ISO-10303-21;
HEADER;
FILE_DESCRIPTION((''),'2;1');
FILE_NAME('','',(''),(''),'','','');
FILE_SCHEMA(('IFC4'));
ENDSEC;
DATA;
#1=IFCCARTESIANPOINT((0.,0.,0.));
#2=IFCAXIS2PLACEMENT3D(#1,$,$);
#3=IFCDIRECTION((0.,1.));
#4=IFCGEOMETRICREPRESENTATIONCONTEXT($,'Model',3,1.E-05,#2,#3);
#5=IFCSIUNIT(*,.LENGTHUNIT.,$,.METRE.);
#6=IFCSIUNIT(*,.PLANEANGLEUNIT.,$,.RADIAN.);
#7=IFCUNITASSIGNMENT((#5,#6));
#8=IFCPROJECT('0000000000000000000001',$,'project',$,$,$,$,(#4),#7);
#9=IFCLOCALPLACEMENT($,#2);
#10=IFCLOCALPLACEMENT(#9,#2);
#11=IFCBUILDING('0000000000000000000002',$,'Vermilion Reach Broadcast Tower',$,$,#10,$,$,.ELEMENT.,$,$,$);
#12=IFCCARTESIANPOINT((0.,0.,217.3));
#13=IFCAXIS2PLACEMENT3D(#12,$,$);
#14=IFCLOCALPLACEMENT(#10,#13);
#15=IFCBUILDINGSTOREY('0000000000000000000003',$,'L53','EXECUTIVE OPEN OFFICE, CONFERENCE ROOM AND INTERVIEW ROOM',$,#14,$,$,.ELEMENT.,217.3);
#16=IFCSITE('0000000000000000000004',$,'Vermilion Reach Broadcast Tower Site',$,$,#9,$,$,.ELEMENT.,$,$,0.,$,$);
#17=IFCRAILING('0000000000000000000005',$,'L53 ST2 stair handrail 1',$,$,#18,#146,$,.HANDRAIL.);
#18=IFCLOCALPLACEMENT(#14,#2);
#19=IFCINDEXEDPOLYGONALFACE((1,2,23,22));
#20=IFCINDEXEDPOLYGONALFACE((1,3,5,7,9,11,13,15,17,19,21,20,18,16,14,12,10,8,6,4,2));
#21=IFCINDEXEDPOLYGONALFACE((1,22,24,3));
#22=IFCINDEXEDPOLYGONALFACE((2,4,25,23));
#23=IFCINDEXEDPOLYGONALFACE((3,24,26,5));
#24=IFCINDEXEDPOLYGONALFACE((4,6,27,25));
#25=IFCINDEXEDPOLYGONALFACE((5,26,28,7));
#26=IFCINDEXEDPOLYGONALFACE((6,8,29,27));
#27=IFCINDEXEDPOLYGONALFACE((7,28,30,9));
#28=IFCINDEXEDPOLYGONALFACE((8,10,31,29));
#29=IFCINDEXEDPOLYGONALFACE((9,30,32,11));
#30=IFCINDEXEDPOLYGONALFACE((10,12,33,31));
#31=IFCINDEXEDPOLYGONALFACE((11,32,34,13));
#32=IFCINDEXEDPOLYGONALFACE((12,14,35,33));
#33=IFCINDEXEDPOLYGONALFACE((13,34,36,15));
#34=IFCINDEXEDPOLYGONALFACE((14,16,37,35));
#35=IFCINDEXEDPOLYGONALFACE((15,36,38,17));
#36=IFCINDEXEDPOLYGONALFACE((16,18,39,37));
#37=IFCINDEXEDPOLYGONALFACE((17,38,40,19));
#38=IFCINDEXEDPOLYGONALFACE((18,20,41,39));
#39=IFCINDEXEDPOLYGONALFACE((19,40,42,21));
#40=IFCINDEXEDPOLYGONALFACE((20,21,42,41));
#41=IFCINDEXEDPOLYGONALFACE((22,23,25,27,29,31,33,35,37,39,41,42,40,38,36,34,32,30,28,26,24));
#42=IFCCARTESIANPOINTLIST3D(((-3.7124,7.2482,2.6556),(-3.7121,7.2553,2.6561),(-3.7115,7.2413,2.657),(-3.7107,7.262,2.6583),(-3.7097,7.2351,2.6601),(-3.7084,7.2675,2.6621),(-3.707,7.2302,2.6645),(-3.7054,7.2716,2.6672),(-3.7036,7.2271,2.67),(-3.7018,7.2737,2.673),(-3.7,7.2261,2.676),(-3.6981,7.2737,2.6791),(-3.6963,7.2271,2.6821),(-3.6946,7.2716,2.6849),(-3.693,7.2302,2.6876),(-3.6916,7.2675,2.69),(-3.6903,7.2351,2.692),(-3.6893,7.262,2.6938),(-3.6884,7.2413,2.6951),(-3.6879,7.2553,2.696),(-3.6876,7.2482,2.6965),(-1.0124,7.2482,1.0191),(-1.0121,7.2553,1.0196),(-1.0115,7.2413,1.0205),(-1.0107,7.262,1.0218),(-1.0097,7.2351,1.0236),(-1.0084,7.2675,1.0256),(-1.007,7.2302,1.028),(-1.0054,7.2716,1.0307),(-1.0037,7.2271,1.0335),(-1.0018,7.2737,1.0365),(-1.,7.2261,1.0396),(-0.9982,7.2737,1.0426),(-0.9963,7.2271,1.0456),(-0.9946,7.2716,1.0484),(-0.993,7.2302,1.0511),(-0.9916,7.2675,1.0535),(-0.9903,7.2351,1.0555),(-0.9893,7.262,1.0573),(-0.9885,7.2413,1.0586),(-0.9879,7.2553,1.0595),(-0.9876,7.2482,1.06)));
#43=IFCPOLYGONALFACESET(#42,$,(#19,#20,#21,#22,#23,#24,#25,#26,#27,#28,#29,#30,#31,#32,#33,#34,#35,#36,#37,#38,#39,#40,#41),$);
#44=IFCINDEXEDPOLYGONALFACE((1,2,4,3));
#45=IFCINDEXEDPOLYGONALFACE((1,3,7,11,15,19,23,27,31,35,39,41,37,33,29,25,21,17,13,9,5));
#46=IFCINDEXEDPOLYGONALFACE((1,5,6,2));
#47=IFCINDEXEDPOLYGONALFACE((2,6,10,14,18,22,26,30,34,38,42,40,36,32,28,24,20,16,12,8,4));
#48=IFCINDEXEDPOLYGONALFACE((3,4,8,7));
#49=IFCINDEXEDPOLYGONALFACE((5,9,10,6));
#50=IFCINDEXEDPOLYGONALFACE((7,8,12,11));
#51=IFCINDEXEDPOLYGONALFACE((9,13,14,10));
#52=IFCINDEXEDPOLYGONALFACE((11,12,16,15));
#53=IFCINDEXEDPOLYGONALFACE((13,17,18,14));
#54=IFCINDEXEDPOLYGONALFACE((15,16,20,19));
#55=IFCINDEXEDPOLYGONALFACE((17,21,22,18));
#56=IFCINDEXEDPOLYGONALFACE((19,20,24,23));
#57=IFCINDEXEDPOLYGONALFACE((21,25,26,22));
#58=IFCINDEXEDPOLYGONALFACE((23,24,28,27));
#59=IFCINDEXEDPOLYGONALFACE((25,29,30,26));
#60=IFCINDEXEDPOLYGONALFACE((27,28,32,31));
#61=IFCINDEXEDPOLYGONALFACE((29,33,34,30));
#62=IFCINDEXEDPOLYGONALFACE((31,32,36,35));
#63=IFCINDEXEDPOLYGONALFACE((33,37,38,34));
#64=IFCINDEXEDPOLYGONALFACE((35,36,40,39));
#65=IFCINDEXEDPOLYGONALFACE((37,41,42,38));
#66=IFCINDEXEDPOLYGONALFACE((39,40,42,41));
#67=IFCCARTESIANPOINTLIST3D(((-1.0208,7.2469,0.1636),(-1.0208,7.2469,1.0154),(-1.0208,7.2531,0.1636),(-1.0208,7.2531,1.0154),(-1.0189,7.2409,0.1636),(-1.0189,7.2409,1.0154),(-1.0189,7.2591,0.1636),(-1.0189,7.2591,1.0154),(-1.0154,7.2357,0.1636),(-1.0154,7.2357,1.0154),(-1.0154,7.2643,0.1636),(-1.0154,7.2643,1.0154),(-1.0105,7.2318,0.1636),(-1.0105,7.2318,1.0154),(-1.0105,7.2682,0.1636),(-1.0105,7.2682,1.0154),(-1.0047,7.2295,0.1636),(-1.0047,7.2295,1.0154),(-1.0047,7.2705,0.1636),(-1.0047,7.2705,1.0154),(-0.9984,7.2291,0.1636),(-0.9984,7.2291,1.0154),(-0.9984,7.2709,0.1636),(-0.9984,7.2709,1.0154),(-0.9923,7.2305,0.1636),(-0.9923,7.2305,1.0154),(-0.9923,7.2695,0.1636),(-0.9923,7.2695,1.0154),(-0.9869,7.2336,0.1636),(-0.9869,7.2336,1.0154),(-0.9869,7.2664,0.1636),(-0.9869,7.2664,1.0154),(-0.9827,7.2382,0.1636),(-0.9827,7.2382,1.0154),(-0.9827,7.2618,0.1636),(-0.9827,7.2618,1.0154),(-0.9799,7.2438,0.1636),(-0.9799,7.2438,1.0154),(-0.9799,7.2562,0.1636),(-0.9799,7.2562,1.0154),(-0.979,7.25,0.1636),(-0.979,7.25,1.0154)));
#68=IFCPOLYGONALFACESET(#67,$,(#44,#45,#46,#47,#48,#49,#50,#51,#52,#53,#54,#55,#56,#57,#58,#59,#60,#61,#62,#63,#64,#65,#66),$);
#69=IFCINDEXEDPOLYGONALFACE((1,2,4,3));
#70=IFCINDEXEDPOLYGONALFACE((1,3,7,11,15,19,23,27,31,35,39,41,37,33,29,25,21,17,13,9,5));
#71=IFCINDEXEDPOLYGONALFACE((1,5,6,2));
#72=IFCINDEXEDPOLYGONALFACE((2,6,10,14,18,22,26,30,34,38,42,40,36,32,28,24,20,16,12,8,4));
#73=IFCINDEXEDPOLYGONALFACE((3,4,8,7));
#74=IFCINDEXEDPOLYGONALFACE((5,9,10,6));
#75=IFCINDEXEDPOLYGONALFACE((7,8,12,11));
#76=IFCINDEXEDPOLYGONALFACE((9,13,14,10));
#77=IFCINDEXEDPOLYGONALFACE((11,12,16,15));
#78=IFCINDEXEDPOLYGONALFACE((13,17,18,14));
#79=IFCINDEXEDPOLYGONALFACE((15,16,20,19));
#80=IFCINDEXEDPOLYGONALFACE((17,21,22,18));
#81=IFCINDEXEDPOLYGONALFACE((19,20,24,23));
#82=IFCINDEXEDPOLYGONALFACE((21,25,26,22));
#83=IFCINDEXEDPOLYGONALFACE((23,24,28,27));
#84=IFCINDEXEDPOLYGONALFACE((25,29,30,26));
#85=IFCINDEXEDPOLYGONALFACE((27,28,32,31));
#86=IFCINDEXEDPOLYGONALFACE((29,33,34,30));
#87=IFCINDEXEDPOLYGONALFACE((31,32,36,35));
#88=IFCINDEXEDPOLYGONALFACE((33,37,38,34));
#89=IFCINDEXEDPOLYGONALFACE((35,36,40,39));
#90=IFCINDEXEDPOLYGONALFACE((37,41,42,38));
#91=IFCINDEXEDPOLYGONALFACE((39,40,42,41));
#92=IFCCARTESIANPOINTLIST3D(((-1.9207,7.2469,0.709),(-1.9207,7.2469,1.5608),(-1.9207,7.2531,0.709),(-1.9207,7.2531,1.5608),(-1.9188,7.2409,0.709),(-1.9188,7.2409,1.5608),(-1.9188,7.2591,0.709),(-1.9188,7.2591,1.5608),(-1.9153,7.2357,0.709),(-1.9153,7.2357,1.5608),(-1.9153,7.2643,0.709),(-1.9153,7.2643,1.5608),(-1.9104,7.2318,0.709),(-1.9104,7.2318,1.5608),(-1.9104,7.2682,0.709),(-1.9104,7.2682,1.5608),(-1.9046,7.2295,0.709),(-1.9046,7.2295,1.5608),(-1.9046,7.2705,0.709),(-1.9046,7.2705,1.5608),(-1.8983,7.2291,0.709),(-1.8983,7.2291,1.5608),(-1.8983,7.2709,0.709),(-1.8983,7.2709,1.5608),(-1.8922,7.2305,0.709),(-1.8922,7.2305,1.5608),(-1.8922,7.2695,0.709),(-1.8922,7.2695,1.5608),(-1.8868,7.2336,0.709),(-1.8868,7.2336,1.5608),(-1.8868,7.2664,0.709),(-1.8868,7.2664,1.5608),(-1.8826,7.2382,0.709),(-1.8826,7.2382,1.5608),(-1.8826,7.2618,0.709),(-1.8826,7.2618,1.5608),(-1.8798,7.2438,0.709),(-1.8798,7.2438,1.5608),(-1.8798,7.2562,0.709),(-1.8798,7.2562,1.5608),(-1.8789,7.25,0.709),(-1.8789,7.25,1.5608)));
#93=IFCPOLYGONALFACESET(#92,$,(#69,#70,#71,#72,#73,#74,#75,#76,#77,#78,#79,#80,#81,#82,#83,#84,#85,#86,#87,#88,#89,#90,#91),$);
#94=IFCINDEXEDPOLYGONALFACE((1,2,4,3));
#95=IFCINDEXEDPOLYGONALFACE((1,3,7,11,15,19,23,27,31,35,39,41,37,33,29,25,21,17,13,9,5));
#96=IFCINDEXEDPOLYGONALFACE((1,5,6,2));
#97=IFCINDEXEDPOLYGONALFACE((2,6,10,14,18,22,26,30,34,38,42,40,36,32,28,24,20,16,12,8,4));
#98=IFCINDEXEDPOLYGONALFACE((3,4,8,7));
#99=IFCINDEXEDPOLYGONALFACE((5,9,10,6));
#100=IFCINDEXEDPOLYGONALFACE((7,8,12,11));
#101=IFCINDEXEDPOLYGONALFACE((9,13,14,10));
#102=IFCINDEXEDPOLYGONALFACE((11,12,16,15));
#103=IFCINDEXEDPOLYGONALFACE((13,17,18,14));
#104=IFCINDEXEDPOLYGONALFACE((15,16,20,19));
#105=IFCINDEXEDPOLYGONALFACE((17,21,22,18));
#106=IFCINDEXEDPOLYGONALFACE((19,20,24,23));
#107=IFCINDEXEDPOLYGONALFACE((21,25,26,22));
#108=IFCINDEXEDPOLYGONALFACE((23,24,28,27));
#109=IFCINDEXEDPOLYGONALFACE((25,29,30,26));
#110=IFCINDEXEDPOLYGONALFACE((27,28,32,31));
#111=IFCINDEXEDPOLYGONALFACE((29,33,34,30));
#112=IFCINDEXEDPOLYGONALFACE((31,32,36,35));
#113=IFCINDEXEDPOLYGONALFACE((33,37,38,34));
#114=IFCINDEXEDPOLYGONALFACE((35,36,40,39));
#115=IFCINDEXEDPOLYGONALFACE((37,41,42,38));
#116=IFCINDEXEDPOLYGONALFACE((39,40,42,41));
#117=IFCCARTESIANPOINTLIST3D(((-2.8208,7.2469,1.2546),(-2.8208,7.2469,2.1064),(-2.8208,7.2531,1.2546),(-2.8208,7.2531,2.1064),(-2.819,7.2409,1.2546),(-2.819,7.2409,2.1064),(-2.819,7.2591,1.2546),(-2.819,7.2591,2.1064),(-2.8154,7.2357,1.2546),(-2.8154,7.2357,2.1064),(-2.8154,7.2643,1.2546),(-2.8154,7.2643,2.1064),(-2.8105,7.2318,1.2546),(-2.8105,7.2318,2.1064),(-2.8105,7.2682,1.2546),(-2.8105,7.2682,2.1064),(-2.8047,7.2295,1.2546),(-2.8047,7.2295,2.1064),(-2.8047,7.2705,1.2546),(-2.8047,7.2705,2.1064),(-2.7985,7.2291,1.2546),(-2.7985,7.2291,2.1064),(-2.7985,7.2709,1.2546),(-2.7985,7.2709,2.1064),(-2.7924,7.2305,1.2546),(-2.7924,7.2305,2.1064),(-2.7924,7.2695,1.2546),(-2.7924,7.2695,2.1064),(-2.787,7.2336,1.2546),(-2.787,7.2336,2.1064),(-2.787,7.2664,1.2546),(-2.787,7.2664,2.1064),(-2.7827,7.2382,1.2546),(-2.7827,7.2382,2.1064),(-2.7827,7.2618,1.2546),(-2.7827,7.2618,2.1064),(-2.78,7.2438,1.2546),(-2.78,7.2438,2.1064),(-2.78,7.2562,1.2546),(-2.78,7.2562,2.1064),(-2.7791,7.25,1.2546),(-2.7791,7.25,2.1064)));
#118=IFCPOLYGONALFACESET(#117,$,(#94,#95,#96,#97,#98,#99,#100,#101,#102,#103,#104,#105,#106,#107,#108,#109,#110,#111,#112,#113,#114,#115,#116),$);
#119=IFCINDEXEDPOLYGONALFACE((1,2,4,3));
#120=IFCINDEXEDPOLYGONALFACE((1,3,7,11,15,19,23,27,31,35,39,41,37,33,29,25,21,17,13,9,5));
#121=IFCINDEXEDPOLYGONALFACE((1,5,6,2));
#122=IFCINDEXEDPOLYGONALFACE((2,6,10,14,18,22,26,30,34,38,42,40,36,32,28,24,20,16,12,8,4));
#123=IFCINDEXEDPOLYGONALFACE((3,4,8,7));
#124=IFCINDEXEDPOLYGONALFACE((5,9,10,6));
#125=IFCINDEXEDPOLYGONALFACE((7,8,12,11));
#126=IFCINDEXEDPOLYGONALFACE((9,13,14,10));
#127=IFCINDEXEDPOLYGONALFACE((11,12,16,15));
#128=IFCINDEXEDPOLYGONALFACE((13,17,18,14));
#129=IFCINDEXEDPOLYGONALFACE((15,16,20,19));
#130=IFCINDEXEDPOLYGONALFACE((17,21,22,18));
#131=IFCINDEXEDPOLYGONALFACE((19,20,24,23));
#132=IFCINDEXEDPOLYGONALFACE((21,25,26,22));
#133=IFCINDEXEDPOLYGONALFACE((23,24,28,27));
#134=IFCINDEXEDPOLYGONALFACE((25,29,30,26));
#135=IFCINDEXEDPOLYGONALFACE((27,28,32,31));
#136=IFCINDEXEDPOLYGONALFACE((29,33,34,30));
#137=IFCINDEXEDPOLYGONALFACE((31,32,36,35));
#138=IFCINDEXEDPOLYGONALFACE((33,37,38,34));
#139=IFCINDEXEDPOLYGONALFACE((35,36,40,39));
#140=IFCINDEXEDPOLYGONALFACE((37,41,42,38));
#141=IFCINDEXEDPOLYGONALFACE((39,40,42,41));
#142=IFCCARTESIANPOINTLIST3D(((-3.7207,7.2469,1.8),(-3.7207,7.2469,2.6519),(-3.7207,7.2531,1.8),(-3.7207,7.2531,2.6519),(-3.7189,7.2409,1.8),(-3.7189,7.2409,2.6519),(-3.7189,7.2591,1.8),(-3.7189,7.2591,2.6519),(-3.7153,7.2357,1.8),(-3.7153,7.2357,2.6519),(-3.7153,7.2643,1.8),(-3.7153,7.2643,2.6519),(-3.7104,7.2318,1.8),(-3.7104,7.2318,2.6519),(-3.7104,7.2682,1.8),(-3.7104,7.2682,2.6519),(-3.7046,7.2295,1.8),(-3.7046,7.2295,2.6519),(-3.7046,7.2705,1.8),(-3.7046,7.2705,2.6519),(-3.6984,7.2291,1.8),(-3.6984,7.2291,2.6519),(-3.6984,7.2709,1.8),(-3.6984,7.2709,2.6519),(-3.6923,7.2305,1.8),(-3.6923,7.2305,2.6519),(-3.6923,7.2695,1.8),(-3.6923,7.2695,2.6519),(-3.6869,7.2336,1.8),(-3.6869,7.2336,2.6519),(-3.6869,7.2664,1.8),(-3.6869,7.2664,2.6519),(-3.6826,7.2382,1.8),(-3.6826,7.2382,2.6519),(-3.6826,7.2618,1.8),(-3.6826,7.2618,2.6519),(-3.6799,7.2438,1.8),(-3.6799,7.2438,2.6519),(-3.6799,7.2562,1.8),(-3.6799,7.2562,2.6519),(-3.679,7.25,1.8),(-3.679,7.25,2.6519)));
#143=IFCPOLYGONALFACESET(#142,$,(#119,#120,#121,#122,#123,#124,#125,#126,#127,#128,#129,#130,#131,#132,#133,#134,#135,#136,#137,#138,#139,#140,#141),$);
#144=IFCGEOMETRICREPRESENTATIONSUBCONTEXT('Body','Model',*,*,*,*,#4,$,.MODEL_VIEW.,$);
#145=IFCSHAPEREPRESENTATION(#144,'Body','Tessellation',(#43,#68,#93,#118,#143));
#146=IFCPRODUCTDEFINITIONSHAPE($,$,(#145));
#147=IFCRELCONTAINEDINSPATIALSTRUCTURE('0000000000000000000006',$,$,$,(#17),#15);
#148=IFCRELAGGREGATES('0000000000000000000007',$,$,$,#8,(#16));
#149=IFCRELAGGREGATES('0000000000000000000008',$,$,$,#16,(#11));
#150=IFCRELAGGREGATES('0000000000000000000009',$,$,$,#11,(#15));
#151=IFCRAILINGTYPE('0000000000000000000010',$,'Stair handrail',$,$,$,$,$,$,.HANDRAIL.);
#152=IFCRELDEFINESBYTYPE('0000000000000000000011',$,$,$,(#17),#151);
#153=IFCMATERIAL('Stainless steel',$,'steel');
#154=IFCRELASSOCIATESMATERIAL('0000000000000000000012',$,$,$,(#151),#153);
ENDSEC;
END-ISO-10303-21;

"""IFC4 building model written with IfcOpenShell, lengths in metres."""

from ifc_helpers import new_model, si_unit, direction, frame, origin, origin_2d, place, context, subcontext, project, spatial, circle, extrude, material, type_object, element, save


model = new_model("IFC4")

# Units and contexts
model_context = context("Model", 3, precision=1e-05, world=origin(), true_north=direction((0.0, 1.0)))
body_context = subcontext(model_context, "Body", "Model", "MODEL_VIEW")
ifc_project = project(units=[si_unit("LENGTHUNIT", "METRE"), si_unit("PLANEANGLEUNIT", "RADIAN")], contexts=[model_context])

# Site, building, storey
site_placement = place(None, origin())
site = spatial("IfcSite", under=ifc_project, at=site_placement, Name="Vermilion Reach Broadcast Tower Site", CompositionType="ELEMENT", RefElevation=0.0)
building_placement = place(site_placement, origin())
building = spatial("IfcBuilding", under=site, at=building_placement, Name="Vermilion Reach Broadcast Tower", CompositionType="ELEMENT")
storey_placement = place(building_placement, frame((0.0, 0.0, 217.3)))
storey = spatial("IfcBuildingStorey", under=building, at=storey_placement, Name="L53", Description="EXECUTIVE OPEN OFFICE, CONFERENCE ROOM AND INTERVIEW ROOM", CompositionType="ELEMENT", Elevation=217.3)

# Railing
ifc_material_1 = material(Name="Stainless steel", Category="steel")
railing_type_1 = type_object("IfcRailingType", Name="Stair handrail", PredefinedType="HANDRAIL", material=ifc_material_1)
railing_1_placement = place(storey_placement, frame((-1.0, 7.25, 0.1636)))
element("IfcRailing", 1, at=railing_1_placement, inside=storey, type_object=railing_type_1, Name="L53 ST2 stair handrail 1", PredefinedType="HANDRAIL", context=body_context, shape_type="SweptSolid", body=[
    extrude(circle(Radius=0.0239, at=origin_2d()), frame((0.0, 0.0, 0.876), z_axis=(-0.855178, 0.0, 0.518334), x_axis=(0.0, -1.0, 0.0)), (0.0, 0.0, 1.0), 3.1572),
    extrude(circle(Radius=0.021, at=origin_2d()), origin(), (0.0, 0.0, 1.0), 0.8518),
    extrude(circle(Radius=0.021, at=origin_2d()), frame((-0.8999, 0.0, 0.5454)), (0.0, 0.0, 1.0), 0.8518),
    extrude(circle(Radius=0.021, at=origin_2d()), frame((-1.8, 0.0, 1.0911)), (0.0, 0.0, 1.0), 0.8518),
    extrude(circle(Radius=0.021, at=origin_2d()), frame((-2.7, 0.0, 1.6365)), (0.0, 0.0, 1.0), 0.8518),
])

save(model, "model.ifc")
